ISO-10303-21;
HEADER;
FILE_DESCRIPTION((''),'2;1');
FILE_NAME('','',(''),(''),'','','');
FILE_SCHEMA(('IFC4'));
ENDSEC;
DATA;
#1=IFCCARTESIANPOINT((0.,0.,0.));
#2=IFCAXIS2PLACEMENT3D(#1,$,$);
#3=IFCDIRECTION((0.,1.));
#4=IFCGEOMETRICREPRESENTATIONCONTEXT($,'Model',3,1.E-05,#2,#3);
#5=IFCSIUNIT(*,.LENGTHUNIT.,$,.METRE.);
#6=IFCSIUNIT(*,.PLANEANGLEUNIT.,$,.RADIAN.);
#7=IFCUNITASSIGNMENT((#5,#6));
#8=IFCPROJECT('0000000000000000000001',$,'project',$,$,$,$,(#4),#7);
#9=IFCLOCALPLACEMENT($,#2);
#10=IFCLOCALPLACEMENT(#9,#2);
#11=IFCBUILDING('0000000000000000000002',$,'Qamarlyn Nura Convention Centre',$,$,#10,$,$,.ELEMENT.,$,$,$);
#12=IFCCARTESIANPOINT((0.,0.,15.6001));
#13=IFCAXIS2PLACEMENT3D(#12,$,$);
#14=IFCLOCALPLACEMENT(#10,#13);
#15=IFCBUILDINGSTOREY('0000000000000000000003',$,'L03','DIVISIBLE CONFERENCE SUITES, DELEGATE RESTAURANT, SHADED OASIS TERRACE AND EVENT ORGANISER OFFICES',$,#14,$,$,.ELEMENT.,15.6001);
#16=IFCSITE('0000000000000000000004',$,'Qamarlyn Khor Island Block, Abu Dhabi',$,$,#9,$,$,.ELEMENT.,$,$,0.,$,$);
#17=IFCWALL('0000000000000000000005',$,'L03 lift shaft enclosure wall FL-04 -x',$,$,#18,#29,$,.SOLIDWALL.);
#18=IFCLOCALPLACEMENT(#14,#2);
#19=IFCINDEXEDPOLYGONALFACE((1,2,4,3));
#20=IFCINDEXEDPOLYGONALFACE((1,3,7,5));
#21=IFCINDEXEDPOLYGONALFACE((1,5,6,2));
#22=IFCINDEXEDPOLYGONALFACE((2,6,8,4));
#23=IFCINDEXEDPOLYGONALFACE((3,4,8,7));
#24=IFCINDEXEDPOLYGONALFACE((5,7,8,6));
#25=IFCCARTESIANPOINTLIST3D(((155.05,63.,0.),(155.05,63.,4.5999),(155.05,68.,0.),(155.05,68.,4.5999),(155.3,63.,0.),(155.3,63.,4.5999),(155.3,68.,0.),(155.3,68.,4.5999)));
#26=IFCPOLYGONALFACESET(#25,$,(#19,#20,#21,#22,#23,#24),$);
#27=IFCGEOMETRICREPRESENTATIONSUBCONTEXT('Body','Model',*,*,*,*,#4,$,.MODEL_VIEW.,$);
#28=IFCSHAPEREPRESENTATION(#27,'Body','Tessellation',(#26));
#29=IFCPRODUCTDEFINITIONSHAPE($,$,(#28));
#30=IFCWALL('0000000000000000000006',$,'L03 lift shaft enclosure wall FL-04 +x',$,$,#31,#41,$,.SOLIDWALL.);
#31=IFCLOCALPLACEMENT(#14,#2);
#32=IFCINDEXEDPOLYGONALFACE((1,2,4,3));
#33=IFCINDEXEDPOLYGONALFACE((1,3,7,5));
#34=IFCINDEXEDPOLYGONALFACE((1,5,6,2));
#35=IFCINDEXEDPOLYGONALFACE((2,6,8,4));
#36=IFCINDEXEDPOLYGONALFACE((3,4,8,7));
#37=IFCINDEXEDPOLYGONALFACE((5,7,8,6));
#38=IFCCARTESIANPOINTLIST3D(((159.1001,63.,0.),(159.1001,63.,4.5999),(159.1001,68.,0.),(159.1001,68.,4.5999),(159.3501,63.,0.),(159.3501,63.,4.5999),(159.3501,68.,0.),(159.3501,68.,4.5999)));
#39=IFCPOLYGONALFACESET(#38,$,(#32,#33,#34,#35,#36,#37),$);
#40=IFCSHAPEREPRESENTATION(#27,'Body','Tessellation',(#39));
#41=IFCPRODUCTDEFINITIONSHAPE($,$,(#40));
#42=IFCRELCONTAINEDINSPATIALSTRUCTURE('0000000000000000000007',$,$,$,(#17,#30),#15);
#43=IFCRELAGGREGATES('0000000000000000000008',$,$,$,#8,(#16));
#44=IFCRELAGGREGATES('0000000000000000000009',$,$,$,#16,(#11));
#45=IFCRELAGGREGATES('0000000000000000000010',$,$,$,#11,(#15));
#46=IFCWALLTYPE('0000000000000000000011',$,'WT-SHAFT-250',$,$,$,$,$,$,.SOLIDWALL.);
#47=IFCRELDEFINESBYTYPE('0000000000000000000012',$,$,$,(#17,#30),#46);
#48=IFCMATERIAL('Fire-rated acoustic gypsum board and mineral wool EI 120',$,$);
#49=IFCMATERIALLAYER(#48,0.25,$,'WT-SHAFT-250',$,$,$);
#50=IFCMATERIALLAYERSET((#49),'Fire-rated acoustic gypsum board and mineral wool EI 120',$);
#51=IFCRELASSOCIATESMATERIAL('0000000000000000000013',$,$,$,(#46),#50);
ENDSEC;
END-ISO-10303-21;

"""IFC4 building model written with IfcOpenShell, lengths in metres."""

from ifc_helpers import new_model, si_unit, direction, frame, frame_2d, origin, place, context, subcontext, project, spatial, rectangle, extrude, material, layer, layer_set, type_object, element, save


model = new_model("IFC4")

# Units and contexts
model_context = context("Model", 3, precision=1e-05, world=origin(), true_north=direction((0.0, 1.0)))
body_context = subcontext(model_context, "Body", "Model", "MODEL_VIEW")
ifc_project = project(units=[si_unit("LENGTHUNIT", "METRE"), si_unit("PLANEANGLEUNIT", "RADIAN")], contexts=[model_context])

# Site, building, storey
site_placement = place(None, origin())
site = spatial("IfcSite", under=ifc_project, at=site_placement, Name="Qamarlyn Khor Island Block, Abu Dhabi", CompositionType="ELEMENT", RefElevation=0.0)
building_placement = place(site_placement, origin())
building = spatial("IfcBuilding", under=site, at=building_placement, Name="Qamarlyn Nura Convention Centre", CompositionType="ELEMENT")
storey_placement = place(building_placement, frame((0.0, 0.0, 15.6001)))
storey = spatial("IfcBuildingStorey", under=building, at=storey_placement, Name="L03", Description="DIVISIBLE CONFERENCE SUITES, DELEGATE RESTAURANT, SHADED OASIS TERRACE AND EVENT ORGANISER OFFICES", CompositionType="ELEMENT", Elevation=15.6001)

# Shared definitions
ifc_material_1 = material(Name="Fire-rated acoustic gypsum board and mineral wool EI 120")
ifc_layer_1 = layer(ifc_material_1, 0.25, Name="WT-SHAFT-250")
ifc_layer_set_1 = layer_set([ifc_layer_1], Name="Fire-rated acoustic gypsum board and mineral wool EI 120")
wall_type_1 = type_object("IfcWallType", Name="WT-SHAFT-250", PredefinedType="SOLIDWALL", material=ifc_layer_set_1)

# Walls
for number, where, z_axis, x_axis, name in (
    (1, (155.175, 68.0, 0.0), (0.0, 0.0, 1.0), (0.0, -1.0, 0.0), "L03 lift shaft enclosure wall FL-04 -x"),
    (2, (159.2251, 63.0, 0.0), (0.0, 0.0, 1.0), (0.0, 1.0, 0.0), "L03 lift shaft enclosure wall FL-04 +x"),
):
    element("IfcWall", number, at=place(storey_placement, frame(where, z_axis=z_axis, x_axis=x_axis)), inside=storey, type_object=wall_type_1, Name=name, PredefinedType="SOLIDWALL", context=body_context, shape_type="SweptSolid", body=[
        extrude(rectangle(XDim=5.0, YDim=0.25, at=frame_2d((2.5, 0.0))), origin(), (0.0, 0.0, 1.0), 4.5999),
    ])

save(model, "model.ifc")
